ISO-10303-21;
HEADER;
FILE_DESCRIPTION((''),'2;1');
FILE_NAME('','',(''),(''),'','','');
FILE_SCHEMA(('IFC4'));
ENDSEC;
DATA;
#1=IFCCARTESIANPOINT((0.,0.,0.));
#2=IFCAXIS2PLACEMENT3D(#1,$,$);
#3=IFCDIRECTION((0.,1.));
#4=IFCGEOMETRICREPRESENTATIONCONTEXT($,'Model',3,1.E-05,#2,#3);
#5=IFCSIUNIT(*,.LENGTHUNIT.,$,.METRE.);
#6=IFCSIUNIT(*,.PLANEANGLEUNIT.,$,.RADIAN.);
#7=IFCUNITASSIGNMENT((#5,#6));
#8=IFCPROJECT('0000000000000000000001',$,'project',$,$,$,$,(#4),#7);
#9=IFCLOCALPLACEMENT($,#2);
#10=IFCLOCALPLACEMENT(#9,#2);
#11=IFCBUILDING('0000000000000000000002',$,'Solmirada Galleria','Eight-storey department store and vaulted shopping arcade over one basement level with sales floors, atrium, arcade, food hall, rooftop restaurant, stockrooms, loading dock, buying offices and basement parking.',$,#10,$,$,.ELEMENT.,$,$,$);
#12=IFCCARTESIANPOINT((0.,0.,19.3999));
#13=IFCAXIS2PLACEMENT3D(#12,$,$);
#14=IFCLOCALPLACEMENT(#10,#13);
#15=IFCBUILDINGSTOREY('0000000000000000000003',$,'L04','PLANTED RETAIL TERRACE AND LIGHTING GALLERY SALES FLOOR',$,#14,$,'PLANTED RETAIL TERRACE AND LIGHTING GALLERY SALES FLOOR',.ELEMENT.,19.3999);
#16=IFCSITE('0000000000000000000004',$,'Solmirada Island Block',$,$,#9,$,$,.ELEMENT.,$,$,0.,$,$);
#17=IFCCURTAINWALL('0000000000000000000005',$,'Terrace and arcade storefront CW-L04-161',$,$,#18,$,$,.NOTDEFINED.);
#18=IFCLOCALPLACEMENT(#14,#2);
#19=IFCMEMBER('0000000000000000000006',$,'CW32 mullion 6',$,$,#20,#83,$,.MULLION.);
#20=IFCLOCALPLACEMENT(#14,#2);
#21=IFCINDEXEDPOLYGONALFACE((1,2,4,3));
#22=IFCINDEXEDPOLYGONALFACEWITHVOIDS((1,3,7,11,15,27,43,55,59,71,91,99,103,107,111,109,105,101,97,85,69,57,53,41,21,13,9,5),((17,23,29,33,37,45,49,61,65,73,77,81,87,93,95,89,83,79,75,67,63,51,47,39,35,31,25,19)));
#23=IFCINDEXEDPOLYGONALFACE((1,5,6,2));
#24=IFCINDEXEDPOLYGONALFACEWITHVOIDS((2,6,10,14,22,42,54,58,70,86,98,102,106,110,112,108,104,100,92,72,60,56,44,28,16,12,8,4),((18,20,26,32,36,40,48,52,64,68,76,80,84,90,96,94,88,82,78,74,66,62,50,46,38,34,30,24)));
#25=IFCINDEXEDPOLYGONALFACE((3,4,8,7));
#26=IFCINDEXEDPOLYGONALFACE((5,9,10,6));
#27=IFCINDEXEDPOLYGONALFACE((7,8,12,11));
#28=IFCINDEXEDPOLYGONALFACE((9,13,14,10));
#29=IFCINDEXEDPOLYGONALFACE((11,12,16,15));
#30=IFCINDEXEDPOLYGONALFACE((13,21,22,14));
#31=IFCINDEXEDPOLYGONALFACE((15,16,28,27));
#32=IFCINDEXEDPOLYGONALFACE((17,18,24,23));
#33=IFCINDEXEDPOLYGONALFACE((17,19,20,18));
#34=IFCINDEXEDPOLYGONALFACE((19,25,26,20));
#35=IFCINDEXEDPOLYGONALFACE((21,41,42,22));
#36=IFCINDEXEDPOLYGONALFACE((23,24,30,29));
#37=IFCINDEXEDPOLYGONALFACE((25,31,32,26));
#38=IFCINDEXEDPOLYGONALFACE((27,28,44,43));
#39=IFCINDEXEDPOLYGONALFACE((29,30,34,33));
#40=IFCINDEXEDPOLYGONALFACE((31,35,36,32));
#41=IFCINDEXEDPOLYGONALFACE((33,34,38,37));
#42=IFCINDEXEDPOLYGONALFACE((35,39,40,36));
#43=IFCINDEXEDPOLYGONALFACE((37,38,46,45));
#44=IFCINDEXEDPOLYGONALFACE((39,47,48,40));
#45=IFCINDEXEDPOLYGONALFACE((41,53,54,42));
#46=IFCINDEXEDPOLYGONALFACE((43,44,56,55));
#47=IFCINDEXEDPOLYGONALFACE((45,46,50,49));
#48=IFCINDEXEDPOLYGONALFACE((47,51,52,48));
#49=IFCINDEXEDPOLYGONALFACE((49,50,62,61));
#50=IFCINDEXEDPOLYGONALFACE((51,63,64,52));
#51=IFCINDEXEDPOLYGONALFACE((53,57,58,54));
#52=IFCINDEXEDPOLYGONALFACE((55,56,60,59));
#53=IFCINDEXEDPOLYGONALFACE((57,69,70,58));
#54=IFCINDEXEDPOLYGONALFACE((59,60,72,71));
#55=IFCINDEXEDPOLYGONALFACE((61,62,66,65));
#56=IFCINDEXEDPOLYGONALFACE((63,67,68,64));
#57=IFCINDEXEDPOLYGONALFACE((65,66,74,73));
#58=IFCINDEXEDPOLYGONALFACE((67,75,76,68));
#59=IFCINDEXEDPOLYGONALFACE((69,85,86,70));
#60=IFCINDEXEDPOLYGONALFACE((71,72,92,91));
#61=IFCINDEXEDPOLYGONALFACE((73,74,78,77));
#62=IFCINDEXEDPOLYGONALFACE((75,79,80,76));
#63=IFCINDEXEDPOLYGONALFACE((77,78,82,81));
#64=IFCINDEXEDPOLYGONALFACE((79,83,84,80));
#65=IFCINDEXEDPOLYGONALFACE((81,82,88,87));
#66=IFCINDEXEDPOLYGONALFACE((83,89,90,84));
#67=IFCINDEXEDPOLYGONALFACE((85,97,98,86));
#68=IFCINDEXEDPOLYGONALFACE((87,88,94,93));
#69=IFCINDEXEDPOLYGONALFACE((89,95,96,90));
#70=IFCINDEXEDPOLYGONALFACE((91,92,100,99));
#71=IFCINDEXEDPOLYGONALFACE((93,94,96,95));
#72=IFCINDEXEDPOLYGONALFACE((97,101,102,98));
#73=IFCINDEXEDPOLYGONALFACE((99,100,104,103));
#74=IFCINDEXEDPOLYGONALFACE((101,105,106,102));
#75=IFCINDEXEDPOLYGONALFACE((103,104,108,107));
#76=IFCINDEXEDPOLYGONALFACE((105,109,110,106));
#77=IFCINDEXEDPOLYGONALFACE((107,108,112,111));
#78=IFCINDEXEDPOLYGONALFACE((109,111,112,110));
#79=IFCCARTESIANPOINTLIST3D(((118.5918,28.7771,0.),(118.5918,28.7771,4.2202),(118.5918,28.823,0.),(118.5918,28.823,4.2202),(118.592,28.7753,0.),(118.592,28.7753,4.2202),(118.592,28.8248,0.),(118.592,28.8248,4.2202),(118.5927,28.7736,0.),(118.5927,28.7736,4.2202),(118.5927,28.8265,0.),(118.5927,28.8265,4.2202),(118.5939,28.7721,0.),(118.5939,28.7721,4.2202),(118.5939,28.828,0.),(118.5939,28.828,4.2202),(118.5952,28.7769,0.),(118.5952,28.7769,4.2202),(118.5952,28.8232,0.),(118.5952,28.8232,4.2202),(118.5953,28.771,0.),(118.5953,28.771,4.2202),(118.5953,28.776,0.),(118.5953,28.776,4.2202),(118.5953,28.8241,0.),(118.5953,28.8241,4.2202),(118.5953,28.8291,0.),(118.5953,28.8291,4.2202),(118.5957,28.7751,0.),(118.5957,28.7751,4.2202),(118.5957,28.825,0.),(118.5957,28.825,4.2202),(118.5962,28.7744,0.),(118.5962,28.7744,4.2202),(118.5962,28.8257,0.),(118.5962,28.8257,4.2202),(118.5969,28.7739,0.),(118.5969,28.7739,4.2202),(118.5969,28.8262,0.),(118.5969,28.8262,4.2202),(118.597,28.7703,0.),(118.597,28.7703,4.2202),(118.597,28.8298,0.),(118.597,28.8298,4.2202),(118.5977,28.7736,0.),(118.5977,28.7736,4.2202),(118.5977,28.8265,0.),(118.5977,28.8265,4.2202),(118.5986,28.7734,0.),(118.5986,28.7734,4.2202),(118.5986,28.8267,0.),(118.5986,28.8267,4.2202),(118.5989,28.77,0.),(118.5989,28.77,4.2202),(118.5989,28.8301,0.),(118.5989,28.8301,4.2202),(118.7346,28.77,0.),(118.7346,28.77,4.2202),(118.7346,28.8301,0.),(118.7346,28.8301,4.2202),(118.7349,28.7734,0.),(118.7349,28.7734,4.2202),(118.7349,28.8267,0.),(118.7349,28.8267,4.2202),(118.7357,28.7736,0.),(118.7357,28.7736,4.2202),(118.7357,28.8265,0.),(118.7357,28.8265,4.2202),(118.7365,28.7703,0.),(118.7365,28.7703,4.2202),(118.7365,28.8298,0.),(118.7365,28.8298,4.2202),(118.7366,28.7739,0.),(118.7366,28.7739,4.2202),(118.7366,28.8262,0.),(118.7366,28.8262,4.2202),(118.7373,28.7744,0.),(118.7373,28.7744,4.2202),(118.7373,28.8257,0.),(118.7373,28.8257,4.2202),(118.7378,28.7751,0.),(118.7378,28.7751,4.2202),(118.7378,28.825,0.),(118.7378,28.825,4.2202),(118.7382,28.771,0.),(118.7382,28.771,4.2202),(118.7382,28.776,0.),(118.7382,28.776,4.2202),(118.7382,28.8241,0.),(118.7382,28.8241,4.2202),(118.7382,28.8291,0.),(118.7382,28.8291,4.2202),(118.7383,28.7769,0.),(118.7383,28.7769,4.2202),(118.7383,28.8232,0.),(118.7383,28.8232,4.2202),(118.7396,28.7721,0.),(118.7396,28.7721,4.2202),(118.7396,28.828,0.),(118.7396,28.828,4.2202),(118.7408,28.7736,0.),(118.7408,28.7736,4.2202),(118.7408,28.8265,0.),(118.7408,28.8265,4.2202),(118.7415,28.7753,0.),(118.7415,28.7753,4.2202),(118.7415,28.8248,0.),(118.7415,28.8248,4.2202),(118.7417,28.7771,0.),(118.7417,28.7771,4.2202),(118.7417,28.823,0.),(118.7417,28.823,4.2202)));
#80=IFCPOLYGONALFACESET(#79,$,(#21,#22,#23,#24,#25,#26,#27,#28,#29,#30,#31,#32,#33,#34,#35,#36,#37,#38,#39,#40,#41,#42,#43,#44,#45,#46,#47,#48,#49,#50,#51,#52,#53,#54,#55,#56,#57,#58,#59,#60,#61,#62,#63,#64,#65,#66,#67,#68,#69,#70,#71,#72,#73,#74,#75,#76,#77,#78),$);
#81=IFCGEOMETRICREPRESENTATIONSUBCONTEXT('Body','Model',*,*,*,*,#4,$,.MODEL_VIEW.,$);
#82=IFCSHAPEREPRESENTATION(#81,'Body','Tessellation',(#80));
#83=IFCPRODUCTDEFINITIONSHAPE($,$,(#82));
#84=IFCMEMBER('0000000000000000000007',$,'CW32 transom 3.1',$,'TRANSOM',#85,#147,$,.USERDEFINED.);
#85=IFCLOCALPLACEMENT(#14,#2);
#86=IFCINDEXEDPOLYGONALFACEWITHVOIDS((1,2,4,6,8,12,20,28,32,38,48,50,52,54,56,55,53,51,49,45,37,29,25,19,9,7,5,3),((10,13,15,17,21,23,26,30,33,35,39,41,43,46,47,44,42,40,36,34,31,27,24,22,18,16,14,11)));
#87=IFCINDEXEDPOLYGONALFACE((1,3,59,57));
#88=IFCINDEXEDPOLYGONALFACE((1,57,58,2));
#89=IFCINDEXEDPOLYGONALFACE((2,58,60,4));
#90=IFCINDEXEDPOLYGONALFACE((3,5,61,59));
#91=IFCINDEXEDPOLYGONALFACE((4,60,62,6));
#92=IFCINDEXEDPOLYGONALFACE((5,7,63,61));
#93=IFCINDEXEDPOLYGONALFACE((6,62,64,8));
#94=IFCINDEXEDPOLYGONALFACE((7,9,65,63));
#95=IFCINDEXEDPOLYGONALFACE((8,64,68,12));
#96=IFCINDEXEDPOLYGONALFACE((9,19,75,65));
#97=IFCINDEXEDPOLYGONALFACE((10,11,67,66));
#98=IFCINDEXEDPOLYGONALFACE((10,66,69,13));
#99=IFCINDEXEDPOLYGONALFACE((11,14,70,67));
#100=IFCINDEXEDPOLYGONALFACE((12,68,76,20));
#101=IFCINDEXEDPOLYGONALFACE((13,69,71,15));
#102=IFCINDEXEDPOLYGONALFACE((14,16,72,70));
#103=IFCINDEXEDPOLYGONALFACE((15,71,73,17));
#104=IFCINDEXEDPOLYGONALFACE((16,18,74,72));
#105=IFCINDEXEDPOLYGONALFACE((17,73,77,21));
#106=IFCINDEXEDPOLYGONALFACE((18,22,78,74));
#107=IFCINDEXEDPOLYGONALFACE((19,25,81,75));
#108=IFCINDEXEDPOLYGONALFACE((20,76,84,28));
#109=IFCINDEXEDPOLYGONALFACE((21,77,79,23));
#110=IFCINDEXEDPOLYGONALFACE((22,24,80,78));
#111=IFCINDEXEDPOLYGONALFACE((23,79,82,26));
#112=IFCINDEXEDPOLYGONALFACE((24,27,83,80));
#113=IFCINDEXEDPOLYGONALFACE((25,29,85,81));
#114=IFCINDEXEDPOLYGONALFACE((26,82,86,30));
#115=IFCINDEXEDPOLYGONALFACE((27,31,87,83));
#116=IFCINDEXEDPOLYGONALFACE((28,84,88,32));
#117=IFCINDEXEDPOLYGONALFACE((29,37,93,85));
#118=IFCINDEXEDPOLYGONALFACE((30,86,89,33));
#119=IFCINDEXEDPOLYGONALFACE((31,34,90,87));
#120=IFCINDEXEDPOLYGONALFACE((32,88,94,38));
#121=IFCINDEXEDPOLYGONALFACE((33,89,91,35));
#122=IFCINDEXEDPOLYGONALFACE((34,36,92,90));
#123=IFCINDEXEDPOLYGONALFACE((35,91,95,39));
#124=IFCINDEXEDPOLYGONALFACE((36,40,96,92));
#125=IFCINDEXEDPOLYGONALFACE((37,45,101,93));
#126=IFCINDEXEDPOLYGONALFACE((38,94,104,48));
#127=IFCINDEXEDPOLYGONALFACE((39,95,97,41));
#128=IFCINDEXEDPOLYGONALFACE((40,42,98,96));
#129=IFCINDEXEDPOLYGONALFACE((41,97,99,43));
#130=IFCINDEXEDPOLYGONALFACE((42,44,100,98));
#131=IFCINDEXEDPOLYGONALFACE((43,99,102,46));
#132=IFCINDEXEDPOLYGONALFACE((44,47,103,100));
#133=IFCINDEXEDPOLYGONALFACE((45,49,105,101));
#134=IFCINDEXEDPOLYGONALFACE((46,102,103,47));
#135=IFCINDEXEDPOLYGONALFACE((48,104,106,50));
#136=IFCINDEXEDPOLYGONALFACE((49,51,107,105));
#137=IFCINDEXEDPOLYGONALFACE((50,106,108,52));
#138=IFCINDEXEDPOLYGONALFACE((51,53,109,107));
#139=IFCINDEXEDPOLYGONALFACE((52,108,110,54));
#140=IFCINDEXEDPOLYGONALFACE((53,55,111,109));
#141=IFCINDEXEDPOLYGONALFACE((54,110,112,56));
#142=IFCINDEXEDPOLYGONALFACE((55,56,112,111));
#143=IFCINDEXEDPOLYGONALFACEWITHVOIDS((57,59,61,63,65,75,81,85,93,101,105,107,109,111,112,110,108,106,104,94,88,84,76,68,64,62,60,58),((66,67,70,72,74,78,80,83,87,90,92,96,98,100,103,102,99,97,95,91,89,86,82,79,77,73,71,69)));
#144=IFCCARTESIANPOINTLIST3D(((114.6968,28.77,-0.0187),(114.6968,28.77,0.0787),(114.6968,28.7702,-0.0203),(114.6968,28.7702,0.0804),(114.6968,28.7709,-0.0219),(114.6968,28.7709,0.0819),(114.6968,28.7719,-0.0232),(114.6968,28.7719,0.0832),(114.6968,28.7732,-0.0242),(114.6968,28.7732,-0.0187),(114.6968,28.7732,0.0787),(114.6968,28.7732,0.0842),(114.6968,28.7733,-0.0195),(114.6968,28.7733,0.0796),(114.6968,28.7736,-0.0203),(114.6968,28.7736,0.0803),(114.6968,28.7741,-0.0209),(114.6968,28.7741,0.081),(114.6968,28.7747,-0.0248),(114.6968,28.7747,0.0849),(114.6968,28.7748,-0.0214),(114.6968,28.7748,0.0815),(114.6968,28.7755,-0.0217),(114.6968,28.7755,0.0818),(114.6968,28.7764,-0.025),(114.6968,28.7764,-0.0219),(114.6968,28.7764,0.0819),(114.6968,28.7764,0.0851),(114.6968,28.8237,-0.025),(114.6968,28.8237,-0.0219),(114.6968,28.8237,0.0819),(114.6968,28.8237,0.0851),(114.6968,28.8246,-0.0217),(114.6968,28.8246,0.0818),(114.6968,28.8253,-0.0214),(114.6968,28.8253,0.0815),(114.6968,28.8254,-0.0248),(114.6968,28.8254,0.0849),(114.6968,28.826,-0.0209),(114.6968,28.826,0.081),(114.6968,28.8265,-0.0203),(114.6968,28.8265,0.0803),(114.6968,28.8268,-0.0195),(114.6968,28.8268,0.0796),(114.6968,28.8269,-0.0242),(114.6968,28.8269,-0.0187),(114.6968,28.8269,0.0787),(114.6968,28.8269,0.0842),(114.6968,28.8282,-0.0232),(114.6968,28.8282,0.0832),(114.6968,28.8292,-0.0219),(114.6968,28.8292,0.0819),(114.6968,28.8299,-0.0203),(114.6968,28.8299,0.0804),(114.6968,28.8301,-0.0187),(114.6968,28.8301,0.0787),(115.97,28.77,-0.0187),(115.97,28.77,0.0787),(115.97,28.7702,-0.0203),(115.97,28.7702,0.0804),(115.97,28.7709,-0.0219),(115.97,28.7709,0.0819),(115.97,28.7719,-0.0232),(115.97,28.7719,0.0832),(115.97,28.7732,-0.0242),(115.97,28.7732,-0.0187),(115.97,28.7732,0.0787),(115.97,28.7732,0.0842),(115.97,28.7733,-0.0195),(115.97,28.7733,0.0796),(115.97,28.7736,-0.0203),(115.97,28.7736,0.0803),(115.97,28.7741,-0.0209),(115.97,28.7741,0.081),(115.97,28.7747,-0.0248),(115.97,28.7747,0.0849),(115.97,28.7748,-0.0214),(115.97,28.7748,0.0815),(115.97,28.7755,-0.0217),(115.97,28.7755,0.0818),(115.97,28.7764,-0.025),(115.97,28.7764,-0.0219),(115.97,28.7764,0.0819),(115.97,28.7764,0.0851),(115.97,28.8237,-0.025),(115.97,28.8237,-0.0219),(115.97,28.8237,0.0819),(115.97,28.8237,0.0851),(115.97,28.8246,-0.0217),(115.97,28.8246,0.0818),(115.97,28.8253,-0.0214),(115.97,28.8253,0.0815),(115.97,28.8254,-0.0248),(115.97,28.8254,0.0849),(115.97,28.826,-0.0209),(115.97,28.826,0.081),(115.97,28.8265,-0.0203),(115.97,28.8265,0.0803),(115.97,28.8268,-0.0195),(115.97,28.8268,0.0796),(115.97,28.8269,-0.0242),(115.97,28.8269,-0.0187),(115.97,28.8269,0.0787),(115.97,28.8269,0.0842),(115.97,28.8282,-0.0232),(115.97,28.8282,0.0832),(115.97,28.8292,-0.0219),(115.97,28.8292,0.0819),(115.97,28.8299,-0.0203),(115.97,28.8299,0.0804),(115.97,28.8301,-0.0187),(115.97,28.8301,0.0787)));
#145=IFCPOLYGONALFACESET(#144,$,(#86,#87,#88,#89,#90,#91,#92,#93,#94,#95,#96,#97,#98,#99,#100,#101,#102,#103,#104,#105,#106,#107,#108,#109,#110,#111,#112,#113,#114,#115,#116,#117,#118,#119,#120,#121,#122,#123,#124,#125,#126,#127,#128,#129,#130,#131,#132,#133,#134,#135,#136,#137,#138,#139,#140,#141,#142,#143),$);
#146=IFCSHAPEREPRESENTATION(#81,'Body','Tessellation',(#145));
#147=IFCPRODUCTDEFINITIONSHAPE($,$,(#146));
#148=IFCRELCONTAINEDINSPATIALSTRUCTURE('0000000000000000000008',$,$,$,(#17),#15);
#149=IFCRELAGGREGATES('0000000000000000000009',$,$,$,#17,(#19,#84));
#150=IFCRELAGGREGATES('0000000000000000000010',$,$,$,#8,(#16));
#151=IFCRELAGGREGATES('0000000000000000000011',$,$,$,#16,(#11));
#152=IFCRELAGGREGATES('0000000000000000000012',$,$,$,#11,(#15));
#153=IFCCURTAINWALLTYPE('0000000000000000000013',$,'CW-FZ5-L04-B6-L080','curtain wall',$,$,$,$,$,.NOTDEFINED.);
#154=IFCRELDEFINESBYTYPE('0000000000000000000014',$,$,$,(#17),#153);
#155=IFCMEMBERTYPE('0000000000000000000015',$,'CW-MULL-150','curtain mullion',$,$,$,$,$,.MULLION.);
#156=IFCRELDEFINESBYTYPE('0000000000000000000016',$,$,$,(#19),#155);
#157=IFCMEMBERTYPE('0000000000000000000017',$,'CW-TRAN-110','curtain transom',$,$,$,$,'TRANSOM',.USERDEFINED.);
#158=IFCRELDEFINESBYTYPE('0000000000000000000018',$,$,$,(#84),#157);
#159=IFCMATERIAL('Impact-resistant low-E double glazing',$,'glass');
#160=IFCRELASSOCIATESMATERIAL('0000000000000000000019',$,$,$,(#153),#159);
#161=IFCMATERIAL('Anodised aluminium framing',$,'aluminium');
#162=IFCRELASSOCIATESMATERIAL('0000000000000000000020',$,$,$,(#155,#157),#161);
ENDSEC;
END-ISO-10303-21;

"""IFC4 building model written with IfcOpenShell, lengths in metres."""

from ifc_helpers import new_model, si_unit, direction, frame, origin, origin_2d, place, context, subcontext, project, spatial, hollow_rectangle, extrude, material, material_profile, profile_set, type_object, element, aggregate, save


model = new_model("IFC4")

# Units and contexts
model_context = context("Model", 3, precision=1e-05, world=origin(), true_north=direction((0.0, 1.0)))
body_context = subcontext(model_context, "Body", "Model", "MODEL_VIEW")
ifc_project = project(units=[si_unit("LENGTHUNIT", "METRE"), si_unit("PLANEANGLEUNIT", "RADIAN")], contexts=[model_context])

# Site, building, storey
site_placement = place(None, origin())
site = spatial("IfcSite", under=ifc_project, at=site_placement, Name="Solmirada Island Block", CompositionType="ELEMENT", RefElevation=0.0)
building_placement = place(site_placement, origin())
building = spatial("IfcBuilding", under=site, at=building_placement, Name="Solmirada Galleria", Description="Eight-storey department store and vaulted shopping arcade over one basement level with sales floors, atrium, arcade, food hall, rooftop restaurant, stockrooms, loading dock, buying offices and basement parking.", CompositionType="ELEMENT")
storey_placement = place(building_placement, frame((0.0, 0.0, 19.3999)))
storey = spatial("IfcBuildingStorey", under=building, at=storey_placement, Name="L04", Description="PLANTED RETAIL TERRACE AND LIGHTING GALLERY SALES FLOOR", LongName="PLANTED RETAIL TERRACE AND LIGHTING GALLERY SALES FLOOR", CompositionType="ELEMENT", Elevation=19.3999)

# Curtain wall, members
ifc_material_1 = material(Name="Impact-resistant low-E double glazing", Category="glass")
curtain_wall_type = type_object("IfcCurtainWallType", Name="CW-FZ5-L04-B6-L080", Description="curtain wall", PredefinedType="NOTDEFINED", material=ifc_material_1)
curtain_wall_placement = place(storey_placement, origin())
curtain_wall = element("IfcCurtainWall", 1, at=curtain_wall_placement, inside=storey, type_object=curtain_wall_type, Name="Terrace and arcade storefront CW-L04-161", PredefinedType="NOTDEFINED")
ifc_material_2 = material(Name="Anodised aluminium framing", Category="aluminium")
ifc_material_profile_1 = material_profile(ifc_material_2, hollow_rectangle(XDim=0.0601, YDim=0.1499, WallThickness=0.0034, InnerFilletRadius=0.0034, OuterFilletRadius=0.0071, at=origin_2d()), Name="ALU-MULL-150X60")
ifc_profile_set_1 = profile_set([ifc_material_profile_1], Name="Anodised aluminium framing")
member_type_1 = type_object("IfcMemberType", Name="CW-MULL-150", Description="curtain mullion", PredefinedType="MULLION", material=ifc_profile_set_1)
member_1_placement = place(storey_placement, frame((118.6667, 28.8, 0.0), z_axis=(0.0, 0.0, 1.0), x_axis=(0.0, 1.0, 0.0)))
member_1 = element("IfcMember", 2, at=member_1_placement, type_object=member_type_1, Name="CW32 mullion 6", PredefinedType="MULLION", context=body_context, shape_type="SweptSolid", body=[
    extrude(hollow_rectangle(XDim=0.0601, YDim=0.1499, WallThickness=0.0034, InnerFilletRadius=0.0034, OuterFilletRadius=0.0071, at=origin_2d()), origin(), (0.0, 0.0, 1.0), 4.2202),
])
ifc_material_profile_2 = material_profile(ifc_material_2, hollow_rectangle(XDim=0.0601, YDim=0.1101, WallThickness=0.0032, InnerFilletRadius=0.0032, OuterFilletRadius=0.0063, at=origin_2d()), Name="ALU-TRAN-110X60")
ifc_profile_set_2 = profile_set([ifc_material_profile_2], Name="Anodised aluminium framing")
member_type_2 = type_object("IfcMemberType", Name="CW-TRAN-110", Description="curtain transom", ElementType="TRANSOM", PredefinedType="USERDEFINED", material=ifc_profile_set_2)
member_2_placement = place(storey_placement, frame((114.6968, 28.8, 0.03), z_axis=(1.0, 0.0, 0.0), x_axis=(0.0, 1.0, 0.0)))
member_2 = element("IfcMember", 3, at=member_2_placement, type_object=member_type_2, Name="CW32 transom 3.1", ObjectType="TRANSOM", PredefinedType="USERDEFINED", context=body_context, shape_type="SweptSolid", body=[
    extrude(hollow_rectangle(XDim=0.0601, YDim=0.1101, WallThickness=0.0032, InnerFilletRadius=0.0032, OuterFilletRadius=0.0063, at=origin_2d()), origin(), (0.0, 0.0, 1.0), 1.2732),
])
aggregate(curtain_wall, [member_1, member_2])

save(model, "model.ifc")
